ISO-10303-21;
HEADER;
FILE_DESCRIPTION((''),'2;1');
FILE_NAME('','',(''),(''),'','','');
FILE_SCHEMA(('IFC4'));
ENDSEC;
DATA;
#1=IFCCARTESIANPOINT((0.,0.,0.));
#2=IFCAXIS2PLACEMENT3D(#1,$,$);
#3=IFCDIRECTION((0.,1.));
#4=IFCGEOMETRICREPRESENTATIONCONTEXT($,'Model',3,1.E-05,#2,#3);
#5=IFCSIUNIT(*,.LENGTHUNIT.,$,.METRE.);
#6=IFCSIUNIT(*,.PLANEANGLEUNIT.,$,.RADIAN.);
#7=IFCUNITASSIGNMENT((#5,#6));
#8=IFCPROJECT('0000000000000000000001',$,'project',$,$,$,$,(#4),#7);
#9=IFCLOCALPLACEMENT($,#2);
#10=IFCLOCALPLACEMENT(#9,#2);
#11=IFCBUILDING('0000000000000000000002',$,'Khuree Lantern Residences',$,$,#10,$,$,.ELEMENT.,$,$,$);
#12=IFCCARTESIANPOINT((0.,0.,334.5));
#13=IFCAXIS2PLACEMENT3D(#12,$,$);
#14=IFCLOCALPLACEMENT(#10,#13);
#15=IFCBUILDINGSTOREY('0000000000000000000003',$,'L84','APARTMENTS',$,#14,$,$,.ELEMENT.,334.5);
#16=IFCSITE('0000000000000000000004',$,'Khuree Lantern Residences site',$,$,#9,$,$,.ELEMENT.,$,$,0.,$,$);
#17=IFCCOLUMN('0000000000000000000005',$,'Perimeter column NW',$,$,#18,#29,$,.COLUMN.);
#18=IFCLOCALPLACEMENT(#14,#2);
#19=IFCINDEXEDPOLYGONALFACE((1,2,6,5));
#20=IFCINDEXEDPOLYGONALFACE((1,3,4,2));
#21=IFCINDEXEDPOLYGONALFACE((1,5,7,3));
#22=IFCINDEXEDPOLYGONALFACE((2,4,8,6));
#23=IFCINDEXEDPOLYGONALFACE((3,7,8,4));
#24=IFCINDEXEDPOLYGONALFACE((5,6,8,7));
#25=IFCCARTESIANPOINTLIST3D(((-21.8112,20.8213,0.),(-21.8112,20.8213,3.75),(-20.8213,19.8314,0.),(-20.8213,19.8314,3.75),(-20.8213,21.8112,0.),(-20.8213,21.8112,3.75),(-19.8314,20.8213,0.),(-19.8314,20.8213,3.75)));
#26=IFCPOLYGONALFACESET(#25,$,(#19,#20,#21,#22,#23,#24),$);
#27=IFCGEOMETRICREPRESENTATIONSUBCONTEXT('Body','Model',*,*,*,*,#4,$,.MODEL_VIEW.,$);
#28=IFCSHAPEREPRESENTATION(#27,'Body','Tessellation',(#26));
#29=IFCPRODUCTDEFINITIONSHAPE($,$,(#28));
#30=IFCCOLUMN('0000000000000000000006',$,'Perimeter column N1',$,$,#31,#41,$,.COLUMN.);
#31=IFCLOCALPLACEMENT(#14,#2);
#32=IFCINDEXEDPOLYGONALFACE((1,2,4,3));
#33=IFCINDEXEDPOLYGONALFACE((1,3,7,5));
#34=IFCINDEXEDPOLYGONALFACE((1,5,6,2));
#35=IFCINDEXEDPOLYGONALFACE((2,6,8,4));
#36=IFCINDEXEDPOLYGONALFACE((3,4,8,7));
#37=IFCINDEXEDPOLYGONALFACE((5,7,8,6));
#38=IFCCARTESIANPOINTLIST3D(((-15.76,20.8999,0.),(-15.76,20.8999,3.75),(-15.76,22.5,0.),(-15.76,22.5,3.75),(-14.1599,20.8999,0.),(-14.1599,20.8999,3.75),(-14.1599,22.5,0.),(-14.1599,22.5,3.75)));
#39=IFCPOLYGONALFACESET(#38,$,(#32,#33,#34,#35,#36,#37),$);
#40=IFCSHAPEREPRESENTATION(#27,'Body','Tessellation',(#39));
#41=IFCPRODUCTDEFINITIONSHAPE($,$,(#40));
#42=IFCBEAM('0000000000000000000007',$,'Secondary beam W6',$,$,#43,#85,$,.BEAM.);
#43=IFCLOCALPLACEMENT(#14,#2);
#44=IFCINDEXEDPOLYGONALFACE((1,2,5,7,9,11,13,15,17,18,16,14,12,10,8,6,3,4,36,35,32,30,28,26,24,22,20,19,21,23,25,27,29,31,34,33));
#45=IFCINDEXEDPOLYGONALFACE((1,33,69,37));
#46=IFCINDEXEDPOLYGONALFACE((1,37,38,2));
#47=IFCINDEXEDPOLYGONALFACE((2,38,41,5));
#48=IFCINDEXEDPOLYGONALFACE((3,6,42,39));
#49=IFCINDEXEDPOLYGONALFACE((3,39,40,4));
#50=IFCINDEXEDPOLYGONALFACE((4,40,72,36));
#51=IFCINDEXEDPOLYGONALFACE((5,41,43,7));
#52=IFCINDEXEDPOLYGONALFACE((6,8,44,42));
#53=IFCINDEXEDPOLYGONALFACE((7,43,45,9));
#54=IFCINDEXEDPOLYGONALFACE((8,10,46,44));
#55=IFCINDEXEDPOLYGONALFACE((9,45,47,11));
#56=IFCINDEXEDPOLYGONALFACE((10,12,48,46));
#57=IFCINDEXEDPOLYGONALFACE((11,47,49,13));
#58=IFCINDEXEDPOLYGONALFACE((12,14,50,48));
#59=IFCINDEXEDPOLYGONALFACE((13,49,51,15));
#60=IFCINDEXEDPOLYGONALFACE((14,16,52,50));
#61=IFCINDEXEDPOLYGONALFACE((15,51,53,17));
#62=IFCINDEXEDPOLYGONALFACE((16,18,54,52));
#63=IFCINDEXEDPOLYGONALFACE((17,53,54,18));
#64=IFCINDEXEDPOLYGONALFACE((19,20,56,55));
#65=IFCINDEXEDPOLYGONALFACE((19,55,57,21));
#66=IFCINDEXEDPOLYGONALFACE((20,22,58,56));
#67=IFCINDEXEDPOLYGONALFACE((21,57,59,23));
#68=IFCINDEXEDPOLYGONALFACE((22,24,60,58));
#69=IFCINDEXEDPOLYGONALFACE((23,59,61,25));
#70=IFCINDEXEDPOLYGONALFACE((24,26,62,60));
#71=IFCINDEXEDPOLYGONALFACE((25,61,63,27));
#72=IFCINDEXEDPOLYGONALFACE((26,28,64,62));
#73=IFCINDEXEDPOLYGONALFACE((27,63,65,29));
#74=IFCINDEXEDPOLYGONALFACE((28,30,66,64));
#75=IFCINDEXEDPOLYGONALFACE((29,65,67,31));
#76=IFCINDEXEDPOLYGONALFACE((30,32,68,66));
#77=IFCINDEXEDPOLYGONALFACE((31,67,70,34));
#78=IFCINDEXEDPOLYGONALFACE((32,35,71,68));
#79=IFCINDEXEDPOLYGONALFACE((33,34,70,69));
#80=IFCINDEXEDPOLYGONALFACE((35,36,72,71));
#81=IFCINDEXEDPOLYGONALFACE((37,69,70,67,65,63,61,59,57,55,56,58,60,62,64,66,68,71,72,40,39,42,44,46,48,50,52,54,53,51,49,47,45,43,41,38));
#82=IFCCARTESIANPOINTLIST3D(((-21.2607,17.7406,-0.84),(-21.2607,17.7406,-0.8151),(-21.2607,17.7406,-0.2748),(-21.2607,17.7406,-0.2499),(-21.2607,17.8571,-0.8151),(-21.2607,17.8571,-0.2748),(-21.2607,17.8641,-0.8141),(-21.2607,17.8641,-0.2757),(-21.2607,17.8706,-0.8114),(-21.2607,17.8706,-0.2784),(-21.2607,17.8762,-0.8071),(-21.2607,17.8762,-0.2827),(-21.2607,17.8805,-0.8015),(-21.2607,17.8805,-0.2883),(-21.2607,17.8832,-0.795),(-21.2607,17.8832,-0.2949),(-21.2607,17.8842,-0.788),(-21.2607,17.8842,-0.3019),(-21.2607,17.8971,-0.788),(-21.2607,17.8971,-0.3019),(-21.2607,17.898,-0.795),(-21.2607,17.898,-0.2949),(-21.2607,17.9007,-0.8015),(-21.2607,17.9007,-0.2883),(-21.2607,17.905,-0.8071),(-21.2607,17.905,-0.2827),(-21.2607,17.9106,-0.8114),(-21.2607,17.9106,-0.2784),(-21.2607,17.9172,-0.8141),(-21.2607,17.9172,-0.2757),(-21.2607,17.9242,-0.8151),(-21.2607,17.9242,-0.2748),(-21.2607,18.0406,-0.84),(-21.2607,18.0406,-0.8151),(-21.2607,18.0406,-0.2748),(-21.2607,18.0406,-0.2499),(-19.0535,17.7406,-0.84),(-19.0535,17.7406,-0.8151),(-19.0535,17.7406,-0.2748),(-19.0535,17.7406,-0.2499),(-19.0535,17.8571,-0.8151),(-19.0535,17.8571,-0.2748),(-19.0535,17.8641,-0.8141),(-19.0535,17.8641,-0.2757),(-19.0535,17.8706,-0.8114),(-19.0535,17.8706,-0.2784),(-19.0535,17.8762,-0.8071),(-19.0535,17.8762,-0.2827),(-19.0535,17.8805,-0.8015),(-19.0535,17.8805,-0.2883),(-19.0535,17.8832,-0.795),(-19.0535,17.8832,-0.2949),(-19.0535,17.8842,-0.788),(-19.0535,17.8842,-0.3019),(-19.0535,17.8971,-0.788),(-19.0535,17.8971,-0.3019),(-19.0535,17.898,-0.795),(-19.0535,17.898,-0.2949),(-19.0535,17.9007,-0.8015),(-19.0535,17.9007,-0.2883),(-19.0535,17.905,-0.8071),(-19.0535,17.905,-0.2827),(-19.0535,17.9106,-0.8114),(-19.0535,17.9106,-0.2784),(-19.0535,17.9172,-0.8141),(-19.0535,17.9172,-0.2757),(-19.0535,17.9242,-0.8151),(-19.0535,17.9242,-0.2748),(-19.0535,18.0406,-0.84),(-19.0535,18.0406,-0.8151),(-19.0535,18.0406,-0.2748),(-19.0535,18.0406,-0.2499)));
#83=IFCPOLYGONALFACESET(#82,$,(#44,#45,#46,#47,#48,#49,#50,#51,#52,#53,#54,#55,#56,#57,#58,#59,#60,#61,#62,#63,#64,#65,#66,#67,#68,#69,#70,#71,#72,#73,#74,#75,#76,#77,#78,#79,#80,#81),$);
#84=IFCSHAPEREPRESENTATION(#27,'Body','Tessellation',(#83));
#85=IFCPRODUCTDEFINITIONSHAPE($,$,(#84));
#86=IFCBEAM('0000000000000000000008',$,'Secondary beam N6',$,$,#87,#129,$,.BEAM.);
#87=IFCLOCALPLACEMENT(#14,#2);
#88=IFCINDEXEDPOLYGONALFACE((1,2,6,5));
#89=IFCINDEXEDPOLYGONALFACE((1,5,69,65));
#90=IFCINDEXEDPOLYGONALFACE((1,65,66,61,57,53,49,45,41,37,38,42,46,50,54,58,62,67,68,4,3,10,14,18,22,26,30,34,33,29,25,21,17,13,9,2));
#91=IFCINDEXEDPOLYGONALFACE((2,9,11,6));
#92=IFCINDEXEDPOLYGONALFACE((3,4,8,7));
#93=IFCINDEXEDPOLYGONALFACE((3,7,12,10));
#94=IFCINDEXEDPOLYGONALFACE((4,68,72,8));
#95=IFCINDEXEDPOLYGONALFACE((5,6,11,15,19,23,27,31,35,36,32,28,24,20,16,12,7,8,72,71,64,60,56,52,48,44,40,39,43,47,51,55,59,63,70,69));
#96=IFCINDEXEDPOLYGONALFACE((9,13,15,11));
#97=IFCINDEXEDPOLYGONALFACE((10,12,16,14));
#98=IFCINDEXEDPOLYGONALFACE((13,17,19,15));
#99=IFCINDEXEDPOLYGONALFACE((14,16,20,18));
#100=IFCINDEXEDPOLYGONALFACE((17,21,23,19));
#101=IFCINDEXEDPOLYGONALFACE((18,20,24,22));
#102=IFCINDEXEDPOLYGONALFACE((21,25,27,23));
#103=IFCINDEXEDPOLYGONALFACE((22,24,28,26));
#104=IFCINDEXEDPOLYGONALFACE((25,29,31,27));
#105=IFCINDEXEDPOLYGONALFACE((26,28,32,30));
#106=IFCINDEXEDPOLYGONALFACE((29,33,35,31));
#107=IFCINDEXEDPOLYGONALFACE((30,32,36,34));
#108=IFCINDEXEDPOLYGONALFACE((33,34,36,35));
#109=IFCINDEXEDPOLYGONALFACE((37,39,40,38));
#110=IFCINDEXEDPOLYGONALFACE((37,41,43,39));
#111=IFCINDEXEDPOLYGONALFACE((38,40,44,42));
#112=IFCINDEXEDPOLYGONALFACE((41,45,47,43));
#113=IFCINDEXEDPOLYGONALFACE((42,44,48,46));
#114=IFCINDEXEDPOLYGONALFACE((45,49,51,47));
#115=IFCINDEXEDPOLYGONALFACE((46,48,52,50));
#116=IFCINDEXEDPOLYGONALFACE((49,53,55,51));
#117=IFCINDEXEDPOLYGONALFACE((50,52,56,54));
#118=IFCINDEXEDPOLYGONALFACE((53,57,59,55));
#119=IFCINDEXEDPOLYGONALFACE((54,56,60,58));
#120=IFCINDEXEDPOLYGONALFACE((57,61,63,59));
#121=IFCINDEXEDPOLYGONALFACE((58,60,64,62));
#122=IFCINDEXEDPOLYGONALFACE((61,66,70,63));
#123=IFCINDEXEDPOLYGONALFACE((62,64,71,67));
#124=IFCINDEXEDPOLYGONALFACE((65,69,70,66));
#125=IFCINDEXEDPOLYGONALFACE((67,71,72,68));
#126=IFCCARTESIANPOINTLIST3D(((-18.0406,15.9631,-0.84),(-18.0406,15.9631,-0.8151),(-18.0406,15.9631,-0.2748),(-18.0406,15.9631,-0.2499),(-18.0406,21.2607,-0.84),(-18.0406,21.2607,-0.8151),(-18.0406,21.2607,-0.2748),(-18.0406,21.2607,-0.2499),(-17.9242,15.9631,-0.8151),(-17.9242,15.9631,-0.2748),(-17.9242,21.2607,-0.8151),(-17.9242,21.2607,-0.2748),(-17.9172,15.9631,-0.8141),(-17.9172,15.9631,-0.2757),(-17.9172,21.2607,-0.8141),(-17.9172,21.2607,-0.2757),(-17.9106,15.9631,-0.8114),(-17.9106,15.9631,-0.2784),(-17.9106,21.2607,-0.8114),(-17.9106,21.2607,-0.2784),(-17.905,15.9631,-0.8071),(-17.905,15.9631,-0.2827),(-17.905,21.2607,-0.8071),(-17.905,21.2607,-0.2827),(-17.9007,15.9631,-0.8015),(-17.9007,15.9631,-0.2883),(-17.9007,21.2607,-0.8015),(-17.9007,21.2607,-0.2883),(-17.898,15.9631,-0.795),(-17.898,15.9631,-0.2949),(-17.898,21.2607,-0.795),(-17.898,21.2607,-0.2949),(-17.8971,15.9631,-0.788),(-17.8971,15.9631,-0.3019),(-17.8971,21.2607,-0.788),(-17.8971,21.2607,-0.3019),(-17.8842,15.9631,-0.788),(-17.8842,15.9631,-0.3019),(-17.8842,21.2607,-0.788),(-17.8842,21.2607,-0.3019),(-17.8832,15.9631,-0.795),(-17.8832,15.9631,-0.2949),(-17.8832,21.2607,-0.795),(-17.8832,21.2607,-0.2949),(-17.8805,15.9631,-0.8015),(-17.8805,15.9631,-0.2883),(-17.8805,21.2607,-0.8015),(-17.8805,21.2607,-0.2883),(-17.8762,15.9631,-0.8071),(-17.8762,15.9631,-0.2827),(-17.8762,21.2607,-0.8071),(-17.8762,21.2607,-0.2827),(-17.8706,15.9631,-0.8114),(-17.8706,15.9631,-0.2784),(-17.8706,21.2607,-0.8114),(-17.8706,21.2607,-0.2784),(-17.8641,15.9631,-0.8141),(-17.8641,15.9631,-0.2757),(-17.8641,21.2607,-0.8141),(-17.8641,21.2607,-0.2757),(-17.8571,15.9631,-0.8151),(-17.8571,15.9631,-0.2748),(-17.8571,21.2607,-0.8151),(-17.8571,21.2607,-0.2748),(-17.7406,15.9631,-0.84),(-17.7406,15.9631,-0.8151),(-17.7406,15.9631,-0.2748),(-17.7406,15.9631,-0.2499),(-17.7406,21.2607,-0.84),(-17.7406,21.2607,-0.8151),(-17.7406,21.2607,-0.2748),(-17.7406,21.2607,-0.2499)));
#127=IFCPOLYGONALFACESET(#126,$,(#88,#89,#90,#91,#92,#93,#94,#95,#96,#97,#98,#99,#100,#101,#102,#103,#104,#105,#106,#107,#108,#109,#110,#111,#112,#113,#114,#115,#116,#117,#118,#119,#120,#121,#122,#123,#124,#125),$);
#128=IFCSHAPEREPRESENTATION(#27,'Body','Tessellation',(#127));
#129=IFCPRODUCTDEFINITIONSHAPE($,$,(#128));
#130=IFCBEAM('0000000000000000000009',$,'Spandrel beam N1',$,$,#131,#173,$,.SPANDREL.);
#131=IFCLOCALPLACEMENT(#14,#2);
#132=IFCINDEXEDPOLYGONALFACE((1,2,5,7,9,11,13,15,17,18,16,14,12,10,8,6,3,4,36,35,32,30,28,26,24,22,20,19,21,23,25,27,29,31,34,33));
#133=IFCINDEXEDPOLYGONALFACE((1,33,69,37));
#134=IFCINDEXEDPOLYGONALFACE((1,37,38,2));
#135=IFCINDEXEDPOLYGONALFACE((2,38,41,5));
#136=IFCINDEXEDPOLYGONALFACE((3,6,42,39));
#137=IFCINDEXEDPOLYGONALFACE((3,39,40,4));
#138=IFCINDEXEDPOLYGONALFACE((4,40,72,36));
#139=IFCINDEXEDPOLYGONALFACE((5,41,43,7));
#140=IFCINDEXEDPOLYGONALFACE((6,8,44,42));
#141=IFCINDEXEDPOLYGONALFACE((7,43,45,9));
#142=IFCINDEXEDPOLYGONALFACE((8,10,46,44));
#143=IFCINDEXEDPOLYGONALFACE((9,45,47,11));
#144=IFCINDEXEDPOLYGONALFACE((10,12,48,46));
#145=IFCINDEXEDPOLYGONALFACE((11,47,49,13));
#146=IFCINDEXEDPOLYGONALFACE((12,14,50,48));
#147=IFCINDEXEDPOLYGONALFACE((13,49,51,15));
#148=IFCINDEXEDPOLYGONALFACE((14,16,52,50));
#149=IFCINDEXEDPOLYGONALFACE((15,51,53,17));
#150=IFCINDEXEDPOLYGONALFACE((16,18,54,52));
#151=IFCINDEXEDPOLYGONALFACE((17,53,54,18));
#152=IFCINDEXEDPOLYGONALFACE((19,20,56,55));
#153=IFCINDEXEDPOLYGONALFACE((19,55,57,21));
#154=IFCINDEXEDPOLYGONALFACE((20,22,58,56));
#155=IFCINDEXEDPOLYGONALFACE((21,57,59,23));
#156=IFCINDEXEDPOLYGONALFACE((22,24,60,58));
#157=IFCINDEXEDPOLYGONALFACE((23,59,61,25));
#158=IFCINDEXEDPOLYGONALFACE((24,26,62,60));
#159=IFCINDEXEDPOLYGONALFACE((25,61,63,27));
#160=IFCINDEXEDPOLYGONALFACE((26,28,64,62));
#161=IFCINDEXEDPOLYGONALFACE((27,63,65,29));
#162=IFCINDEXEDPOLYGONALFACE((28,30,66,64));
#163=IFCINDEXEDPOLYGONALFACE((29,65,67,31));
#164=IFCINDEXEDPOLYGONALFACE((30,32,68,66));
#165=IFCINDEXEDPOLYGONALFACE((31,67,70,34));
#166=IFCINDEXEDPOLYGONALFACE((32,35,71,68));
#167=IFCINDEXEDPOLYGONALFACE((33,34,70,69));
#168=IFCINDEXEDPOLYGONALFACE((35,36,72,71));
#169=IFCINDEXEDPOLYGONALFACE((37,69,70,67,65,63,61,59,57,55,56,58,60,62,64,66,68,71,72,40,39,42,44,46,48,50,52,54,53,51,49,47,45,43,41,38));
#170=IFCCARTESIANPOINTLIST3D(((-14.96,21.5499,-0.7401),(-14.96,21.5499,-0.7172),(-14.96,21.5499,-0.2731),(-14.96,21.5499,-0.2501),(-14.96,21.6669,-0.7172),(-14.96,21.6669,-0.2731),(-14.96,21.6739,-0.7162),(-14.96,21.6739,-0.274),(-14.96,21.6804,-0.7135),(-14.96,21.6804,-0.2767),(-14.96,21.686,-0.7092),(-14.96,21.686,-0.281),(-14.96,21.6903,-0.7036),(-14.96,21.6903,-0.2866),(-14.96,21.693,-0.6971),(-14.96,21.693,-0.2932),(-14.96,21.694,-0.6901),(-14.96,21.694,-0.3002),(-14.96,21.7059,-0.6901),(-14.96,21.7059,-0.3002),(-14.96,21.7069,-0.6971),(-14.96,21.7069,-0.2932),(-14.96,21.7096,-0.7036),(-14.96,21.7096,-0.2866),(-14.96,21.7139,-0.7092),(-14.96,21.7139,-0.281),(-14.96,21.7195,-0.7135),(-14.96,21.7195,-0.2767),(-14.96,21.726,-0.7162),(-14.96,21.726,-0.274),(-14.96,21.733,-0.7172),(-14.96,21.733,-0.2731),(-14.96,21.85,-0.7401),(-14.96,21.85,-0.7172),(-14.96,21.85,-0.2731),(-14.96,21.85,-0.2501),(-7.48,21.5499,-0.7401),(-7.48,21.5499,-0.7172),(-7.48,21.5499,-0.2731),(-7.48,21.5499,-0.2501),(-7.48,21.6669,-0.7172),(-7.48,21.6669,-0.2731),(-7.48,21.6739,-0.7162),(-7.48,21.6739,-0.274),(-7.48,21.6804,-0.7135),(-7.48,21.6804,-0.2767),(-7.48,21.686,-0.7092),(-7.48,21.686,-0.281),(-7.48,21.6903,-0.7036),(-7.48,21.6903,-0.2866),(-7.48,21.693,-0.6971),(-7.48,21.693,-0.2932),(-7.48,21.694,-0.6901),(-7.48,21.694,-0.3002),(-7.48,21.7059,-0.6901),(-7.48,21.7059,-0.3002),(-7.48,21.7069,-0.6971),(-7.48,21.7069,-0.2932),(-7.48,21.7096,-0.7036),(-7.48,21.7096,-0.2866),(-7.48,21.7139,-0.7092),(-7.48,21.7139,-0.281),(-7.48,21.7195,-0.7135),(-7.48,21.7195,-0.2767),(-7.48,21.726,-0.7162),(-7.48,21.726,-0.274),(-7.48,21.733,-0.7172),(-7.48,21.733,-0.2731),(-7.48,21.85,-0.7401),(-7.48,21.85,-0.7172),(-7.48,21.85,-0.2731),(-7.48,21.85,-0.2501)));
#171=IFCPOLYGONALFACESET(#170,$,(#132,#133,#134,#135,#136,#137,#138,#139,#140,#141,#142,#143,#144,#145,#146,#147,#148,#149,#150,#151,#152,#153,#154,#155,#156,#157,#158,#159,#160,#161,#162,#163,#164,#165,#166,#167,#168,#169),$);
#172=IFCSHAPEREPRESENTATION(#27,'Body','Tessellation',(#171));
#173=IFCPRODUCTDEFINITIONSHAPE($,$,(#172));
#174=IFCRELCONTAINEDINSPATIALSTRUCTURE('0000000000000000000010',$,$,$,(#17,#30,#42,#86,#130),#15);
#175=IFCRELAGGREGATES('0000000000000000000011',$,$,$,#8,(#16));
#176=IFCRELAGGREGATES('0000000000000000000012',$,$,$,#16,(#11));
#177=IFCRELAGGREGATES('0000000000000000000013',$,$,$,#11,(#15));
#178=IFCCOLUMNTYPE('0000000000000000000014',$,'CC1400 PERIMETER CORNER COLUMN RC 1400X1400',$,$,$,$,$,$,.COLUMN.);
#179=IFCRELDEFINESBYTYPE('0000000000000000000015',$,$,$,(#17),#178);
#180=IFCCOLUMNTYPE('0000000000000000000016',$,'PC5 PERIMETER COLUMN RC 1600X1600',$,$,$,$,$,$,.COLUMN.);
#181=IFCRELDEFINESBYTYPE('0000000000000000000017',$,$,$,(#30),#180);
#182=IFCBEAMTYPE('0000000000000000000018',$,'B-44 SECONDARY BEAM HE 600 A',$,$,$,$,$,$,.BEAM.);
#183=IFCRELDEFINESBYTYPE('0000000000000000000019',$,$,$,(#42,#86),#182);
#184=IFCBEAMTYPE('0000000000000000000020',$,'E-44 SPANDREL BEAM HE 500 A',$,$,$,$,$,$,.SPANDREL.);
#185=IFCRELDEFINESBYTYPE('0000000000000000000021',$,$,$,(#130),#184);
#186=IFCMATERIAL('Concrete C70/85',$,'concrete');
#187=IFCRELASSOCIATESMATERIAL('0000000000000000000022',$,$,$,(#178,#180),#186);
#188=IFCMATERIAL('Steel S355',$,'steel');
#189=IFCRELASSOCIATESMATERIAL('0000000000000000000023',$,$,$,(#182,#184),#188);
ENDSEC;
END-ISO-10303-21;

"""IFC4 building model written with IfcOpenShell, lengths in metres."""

from ifc_helpers import new_model, si_unit, direction, frame, origin, origin_2d, place, context, subcontext, project, spatial, rectangle, i_section, extrude, material, material_profile, profile_set, type_object, element, save


model = new_model("IFC4")

# Units and contexts
model_context = context("Model", 3, precision=1e-05, world=origin(), true_north=direction((0.0, 1.0)))
body_context = subcontext(model_context, "Body", "Model", "MODEL_VIEW")
ifc_project = project(units=[si_unit("LENGTHUNIT", "METRE"), si_unit("PLANEANGLEUNIT", "RADIAN")], contexts=[model_context])

# Site, building, storey
site_placement = place(None, origin())
site = spatial("IfcSite", under=ifc_project, at=site_placement, Name="Khuree Lantern Residences site", CompositionType="ELEMENT", RefElevation=0.0)
building_placement = place(site_placement, origin())
building = spatial("IfcBuilding", under=site, at=building_placement, Name="Khuree Lantern Residences", CompositionType="ELEMENT")
storey_placement = place(building_placement, frame((0.0, 0.0, 334.5)))
storey = spatial("IfcBuildingStorey", under=building, at=storey_placement, Name="L84", Description="APARTMENTS", CompositionType="ELEMENT", Elevation=334.5)

# Columns
ifc_material_1 = material(Name="Concrete C70/85", Category="concrete")
ifc_material_profile_1 = material_profile(ifc_material_1, rectangle(XDim=1.3999, YDim=1.3999, at=origin_2d()), Name="RC 1400X1400")
ifc_profile_set_1 = profile_set([ifc_material_profile_1], Name="Concrete C70/85")
column_type_1 = type_object("IfcColumnType", Name="CC1400 PERIMETER CORNER COLUMN RC 1400X1400", PredefinedType="COLUMN", material=ifc_profile_set_1)
column_1_placement = place(storey_placement, frame((-20.8213, 20.8213, 0.0), z_axis=(0.0, 0.0, 1.0), x_axis=(0.707107, 0.707107, 0.0)))
element("IfcColumn", 1, at=column_1_placement, inside=storey, type_object=column_type_1, Name="Perimeter column NW", PredefinedType="COLUMN", context=body_context, shape_type="SweptSolid", body=[
    extrude(rectangle(XDim=1.3999, YDim=1.3999, at=origin_2d()), origin(), (0.0, 0.0, 1.0), 3.75),
])
ifc_material_profile_2 = material_profile(ifc_material_1, rectangle(XDim=1.6001, YDim=1.6001, at=origin_2d()), Name="RC 1600X1600")
ifc_profile_set_2 = profile_set([ifc_material_profile_2], Name="Concrete C70/85")
column_type_2 = type_object("IfcColumnType", Name="PC5 PERIMETER COLUMN RC 1600X1600", PredefinedType="COLUMN", material=ifc_profile_set_2)
column_2_placement = place(storey_placement, frame((-14.96, 21.7, 0.0), z_axis=(0.0, 0.0, 1.0), x_axis=(1.0, 0.0, 0.0)))
element("IfcColumn", 2, at=column_2_placement, inside=storey, type_object=column_type_2, Name="Perimeter column N1", PredefinedType="COLUMN", context=body_context, shape_type="SweptSolid", body=[
    extrude(rectangle(XDim=1.6001, YDim=1.6001, at=origin_2d()), origin(), (0.0, 0.0, 1.0), 3.75),
])

# Beams
ifc_material_2 = material(Name="Steel S355", Category="steel")
ifc_material_profile_3 = material_profile(ifc_material_2, i_section(OverallWidth=0.3, OverallDepth=0.5901, WebThickness=0.0129, FlangeThickness=0.0249, FilletRadius=0.0271, at=origin_2d()), Name="HE 600 A")
ifc_profile_set_3 = profile_set([ifc_material_profile_3], Name="Steel S355")
beam_type_1 = type_object("IfcBeamType", Name="B-44 SECONDARY BEAM HE 600 A", PredefinedType="BEAM", material=ifc_profile_set_3)
beam_1_placement = place(storey_placement, frame((-21.2607, 17.8906, -0.5449), z_axis=(1.0, 0.0, 0.0), x_axis=(0.0, 1.0, 0.0)))
element("IfcBeam", 3, at=beam_1_placement, inside=storey, type_object=beam_type_1, Name="Secondary beam W6", PredefinedType="BEAM", context=body_context, shape_type="SweptSolid", body=[
    extrude(i_section(OverallWidth=0.3, OverallDepth=0.5901, WebThickness=0.0129, FlangeThickness=0.0249, FilletRadius=0.0271, at=origin_2d()), origin(), (0.0, 0.0, 1.0), 2.2073),
])
beam_2_placement = place(storey_placement, frame((-17.8906, 21.2607, -0.5449), z_axis=(0.0, -1.0, 0.0), x_axis=(1.0, 0.0, 0.0)))
element("IfcBeam", 4, at=beam_2_placement, inside=storey, type_object=beam_type_1, Name="Secondary beam N6", PredefinedType="BEAM", context=body_context, shape_type="SweptSolid", body=[
    extrude(i_section(OverallWidth=0.3, OverallDepth=0.5901, WebThickness=0.0129, FlangeThickness=0.0249, FilletRadius=0.0271, at=origin_2d()), origin(), (0.0, 0.0, 1.0), 5.2976),
])
ifc_material_profile_4 = material_profile(ifc_material_2, i_section(OverallWidth=0.3, OverallDepth=0.49, WebThickness=0.012, FlangeThickness=0.0229, FilletRadius=0.0271, at=origin_2d()), Name="HE 500 A")
ifc_profile_set_4 = profile_set([ifc_material_profile_4], Name="Steel S355")
beam_type_2 = type_object("IfcBeamType", Name="E-44 SPANDREL BEAM HE 500 A", PredefinedType="SPANDREL", material=ifc_profile_set_4)
beam_3_placement = place(storey_placement, frame((-14.96, 21.7, -0.4951), z_axis=(1.0, 0.0, 0.0), x_axis=(0.0, 1.0, 0.0)))
element("IfcBeam", 5, at=beam_3_placement, inside=storey, type_object=beam_type_2, Name="Spandrel beam N1", PredefinedType="SPANDREL", context=body_context, shape_type="SweptSolid", body=[
    extrude(i_section(OverallWidth=0.3, OverallDepth=0.49, WebThickness=0.012, FlangeThickness=0.0229, FilletRadius=0.0271, at=origin_2d()), origin(), (0.0, 0.0, 1.0), 7.48),
])

save(model, "model.ifc")
